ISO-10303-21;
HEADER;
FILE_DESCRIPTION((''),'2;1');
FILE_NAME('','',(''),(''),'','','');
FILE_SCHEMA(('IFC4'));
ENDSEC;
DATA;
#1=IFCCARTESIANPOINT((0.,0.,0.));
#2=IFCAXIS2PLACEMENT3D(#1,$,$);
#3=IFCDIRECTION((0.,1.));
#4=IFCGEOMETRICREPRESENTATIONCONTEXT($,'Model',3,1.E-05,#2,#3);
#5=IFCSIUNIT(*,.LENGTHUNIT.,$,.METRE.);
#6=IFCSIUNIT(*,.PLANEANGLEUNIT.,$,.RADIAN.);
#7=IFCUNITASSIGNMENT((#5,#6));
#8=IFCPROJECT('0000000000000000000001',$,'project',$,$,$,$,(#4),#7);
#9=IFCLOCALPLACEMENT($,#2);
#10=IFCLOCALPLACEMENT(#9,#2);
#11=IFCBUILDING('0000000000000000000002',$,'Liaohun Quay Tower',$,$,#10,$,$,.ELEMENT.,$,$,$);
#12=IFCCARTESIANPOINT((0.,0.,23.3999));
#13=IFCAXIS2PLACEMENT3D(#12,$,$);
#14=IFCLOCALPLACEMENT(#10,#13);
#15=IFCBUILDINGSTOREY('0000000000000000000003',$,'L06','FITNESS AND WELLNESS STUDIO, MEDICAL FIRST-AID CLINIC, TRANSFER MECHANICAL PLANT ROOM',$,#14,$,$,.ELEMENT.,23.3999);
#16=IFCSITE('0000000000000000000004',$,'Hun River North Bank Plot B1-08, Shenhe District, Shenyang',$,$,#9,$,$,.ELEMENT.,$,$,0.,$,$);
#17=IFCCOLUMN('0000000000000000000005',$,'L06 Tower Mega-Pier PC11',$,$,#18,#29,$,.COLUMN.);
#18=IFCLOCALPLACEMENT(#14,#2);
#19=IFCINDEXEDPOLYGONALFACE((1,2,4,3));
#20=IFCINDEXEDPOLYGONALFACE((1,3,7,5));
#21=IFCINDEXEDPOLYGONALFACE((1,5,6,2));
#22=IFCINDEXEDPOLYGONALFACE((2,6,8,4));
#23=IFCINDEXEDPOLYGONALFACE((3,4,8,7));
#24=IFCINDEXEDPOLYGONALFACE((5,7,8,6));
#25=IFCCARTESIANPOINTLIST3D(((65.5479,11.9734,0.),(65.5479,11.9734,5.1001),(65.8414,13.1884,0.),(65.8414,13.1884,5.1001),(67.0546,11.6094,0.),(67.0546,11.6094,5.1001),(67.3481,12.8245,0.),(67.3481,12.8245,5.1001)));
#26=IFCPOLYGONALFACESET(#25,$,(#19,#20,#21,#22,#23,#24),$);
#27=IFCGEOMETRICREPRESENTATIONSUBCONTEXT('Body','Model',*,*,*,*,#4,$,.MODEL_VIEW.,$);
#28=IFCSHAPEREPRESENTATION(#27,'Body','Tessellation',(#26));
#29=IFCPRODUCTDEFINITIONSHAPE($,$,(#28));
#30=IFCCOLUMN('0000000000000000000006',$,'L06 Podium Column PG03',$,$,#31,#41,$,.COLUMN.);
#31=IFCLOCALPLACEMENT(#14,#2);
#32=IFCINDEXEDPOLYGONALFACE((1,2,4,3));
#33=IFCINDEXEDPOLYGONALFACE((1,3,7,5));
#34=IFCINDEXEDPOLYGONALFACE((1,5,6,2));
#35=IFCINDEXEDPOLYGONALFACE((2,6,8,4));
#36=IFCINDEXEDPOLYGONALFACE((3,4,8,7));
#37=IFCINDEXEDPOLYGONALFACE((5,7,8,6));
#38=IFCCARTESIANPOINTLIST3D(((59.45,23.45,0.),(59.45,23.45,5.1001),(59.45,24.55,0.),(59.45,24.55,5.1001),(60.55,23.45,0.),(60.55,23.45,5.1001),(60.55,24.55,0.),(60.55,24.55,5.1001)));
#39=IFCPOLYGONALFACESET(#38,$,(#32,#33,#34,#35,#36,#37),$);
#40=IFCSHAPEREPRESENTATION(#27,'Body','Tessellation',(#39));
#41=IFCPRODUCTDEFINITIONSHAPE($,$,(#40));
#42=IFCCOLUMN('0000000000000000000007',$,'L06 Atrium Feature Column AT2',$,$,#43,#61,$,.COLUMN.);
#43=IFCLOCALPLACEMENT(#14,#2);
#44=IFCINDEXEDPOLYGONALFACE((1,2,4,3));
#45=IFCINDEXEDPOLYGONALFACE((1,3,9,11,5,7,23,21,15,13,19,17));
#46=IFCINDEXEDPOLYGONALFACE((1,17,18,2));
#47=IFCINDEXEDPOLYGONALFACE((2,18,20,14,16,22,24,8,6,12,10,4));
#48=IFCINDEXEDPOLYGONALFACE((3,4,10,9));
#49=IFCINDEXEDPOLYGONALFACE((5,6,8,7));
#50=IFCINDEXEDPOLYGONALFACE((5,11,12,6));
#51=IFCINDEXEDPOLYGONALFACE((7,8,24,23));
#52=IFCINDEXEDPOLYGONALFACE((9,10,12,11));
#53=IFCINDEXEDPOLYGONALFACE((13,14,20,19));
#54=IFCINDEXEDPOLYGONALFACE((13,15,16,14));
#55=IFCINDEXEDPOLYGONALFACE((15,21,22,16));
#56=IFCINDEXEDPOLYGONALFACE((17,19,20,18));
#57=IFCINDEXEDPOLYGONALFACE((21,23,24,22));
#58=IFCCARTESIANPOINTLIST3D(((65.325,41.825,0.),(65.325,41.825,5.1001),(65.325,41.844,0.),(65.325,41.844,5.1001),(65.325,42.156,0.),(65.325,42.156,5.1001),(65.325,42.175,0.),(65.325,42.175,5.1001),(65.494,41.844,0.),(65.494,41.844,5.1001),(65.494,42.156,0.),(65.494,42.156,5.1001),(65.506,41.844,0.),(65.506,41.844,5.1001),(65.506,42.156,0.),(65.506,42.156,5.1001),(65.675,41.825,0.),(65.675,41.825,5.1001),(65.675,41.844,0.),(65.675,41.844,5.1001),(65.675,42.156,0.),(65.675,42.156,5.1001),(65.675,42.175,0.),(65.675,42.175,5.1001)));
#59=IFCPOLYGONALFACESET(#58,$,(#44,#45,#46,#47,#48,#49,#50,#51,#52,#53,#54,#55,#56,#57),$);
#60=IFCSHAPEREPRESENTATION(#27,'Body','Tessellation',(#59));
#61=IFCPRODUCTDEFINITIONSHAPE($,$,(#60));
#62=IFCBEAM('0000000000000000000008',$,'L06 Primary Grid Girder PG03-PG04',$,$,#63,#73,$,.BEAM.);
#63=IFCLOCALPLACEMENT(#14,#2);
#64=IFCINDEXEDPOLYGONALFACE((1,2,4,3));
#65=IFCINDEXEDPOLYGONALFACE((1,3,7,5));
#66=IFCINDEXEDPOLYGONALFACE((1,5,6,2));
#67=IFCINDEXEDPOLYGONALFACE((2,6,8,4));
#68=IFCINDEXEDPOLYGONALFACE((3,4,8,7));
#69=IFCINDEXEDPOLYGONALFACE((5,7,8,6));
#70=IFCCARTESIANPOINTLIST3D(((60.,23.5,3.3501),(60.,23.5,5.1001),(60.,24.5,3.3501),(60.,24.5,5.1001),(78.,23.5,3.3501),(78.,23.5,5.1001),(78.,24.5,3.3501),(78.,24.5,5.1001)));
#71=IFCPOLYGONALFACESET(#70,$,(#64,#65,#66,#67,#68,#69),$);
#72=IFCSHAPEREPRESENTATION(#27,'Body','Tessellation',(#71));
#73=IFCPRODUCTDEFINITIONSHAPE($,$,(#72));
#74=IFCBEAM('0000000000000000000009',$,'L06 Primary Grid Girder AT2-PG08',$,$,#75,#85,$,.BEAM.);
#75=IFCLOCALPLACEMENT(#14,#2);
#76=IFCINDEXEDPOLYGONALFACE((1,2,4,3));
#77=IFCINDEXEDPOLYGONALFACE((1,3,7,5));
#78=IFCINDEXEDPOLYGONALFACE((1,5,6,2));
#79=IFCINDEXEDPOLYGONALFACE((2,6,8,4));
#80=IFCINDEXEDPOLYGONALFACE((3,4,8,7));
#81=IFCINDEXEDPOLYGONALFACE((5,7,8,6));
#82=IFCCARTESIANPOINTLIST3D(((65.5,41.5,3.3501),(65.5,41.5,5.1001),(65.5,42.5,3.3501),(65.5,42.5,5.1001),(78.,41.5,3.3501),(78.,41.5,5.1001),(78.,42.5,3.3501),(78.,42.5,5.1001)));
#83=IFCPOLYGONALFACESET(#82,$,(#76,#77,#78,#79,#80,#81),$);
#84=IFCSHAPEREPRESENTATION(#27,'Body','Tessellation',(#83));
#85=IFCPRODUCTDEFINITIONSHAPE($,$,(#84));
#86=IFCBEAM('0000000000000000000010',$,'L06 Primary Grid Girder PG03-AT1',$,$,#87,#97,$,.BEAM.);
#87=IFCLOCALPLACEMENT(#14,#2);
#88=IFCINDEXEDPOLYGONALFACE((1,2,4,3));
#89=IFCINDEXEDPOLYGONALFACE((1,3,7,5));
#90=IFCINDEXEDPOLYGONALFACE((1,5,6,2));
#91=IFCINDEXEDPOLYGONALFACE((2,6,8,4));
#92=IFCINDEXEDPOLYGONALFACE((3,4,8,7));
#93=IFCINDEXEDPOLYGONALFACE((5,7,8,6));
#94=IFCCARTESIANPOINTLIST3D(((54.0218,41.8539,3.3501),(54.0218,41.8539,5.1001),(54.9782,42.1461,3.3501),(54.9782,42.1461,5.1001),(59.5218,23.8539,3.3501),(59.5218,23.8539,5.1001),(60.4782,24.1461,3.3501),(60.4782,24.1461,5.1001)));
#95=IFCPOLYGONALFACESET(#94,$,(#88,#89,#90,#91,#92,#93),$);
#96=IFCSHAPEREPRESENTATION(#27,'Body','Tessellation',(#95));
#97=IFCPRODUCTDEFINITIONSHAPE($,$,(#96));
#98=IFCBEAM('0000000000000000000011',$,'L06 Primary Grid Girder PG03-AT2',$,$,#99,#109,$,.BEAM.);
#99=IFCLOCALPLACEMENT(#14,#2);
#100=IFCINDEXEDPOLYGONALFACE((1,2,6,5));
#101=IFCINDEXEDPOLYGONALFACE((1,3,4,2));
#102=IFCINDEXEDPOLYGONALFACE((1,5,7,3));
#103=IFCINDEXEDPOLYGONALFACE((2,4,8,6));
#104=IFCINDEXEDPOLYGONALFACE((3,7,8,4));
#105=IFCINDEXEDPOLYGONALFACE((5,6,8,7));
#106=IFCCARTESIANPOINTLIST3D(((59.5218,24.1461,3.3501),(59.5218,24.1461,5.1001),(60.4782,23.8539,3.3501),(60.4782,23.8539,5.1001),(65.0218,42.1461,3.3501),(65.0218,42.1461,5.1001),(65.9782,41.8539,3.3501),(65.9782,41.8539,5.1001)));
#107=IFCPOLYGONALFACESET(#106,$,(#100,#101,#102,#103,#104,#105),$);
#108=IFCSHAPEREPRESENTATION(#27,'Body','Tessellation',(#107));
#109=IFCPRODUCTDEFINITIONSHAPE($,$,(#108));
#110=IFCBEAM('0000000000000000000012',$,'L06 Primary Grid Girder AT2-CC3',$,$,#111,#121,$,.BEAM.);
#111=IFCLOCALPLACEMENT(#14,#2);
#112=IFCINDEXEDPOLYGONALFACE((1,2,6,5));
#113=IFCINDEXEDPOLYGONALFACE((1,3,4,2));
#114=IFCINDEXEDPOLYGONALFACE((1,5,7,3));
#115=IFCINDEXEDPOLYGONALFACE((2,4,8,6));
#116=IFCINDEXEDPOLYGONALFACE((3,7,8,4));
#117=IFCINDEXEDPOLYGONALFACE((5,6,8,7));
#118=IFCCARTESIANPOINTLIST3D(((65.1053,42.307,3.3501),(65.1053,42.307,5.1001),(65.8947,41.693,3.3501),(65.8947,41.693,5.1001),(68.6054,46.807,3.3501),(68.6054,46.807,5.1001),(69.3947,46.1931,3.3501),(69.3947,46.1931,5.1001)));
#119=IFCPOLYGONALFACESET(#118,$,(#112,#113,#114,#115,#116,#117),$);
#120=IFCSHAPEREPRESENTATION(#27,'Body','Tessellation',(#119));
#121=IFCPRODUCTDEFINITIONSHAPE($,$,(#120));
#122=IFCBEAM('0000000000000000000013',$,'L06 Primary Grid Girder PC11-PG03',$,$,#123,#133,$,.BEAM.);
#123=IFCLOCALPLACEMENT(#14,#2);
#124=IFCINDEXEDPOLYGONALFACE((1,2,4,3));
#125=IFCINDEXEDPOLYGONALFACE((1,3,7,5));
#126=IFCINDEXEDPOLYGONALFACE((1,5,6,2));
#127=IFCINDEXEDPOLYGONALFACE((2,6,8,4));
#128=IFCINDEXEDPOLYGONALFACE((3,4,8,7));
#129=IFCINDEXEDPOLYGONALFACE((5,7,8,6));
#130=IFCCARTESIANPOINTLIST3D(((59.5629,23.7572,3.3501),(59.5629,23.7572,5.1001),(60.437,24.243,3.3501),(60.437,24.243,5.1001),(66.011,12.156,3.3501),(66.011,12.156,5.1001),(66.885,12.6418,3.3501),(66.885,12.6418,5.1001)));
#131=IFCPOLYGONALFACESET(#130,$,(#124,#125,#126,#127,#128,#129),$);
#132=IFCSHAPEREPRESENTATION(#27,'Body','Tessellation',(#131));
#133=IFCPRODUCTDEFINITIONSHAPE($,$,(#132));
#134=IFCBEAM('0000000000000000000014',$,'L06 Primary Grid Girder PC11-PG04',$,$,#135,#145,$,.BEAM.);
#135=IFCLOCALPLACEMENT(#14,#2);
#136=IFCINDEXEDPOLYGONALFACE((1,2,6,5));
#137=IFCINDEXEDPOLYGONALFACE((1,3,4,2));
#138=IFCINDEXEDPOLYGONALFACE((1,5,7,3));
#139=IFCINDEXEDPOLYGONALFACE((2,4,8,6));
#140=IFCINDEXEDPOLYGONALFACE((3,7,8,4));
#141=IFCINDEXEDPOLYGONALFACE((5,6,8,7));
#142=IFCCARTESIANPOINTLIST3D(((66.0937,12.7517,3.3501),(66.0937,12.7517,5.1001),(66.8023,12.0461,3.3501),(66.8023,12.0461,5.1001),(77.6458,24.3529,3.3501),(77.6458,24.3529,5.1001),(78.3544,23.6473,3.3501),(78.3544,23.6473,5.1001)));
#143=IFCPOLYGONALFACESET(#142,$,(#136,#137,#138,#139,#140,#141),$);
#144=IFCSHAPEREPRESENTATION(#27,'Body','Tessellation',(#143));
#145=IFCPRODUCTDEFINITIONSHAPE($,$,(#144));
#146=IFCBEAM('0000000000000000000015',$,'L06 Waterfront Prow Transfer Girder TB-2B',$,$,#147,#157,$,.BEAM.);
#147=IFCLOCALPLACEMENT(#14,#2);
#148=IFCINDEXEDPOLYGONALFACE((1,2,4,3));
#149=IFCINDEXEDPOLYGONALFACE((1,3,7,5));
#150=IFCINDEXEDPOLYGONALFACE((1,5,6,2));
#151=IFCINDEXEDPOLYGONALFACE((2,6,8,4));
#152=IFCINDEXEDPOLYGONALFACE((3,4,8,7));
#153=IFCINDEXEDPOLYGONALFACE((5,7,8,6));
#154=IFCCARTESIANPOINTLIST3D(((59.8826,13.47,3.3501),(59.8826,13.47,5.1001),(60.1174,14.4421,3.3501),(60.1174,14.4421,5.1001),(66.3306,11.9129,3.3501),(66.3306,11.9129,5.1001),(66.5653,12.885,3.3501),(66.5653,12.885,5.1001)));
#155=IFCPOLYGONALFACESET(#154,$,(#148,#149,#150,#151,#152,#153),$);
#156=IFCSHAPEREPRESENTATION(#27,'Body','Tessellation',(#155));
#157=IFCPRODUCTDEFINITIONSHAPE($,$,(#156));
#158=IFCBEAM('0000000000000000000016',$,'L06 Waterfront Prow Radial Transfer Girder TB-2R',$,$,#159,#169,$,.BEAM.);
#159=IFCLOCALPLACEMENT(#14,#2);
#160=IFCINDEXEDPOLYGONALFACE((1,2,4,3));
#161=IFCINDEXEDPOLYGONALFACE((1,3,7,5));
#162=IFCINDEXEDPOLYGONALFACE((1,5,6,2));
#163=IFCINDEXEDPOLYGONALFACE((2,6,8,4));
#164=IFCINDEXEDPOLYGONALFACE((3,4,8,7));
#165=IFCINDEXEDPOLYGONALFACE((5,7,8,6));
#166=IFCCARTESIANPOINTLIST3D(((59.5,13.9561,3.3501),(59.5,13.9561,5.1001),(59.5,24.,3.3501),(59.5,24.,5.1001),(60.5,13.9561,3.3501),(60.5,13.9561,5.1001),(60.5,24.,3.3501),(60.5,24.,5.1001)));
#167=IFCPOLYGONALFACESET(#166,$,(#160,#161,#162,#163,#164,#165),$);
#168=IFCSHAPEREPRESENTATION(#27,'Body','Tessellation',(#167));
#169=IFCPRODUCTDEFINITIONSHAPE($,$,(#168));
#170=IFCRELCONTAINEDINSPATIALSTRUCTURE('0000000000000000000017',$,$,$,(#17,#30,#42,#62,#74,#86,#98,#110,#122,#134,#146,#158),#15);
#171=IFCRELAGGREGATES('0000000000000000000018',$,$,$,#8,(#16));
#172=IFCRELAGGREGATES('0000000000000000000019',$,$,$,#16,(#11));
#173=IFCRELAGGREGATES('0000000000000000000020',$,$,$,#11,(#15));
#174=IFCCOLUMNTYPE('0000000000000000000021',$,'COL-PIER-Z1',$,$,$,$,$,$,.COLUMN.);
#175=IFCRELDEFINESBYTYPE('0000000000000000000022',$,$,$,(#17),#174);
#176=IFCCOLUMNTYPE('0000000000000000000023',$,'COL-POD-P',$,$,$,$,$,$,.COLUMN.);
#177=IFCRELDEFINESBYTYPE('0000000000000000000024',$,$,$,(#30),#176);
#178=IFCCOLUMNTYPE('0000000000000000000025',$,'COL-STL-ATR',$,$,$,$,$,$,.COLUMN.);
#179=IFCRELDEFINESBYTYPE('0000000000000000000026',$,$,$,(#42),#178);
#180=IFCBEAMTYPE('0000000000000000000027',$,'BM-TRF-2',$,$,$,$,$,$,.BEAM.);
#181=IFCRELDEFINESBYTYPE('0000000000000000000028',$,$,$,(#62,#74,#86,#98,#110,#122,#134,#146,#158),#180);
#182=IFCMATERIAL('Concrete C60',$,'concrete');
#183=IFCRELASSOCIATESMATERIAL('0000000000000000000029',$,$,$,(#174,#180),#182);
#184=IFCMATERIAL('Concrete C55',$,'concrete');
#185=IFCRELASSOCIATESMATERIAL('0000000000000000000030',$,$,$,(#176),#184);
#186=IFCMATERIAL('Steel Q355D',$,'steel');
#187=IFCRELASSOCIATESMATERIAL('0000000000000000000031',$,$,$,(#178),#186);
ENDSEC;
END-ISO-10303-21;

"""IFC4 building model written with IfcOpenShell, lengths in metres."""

from ifc_helpers import new_model, si_unit, direction, frame, origin, origin_2d, place, context, subcontext, project, spatial, rectangle, i_section, extrude, source, transform, mapped, material, material_profile, profile_set, type_object, element, save


model = new_model("IFC4")

# Units and contexts
model_context = context("Model", 3, precision=1e-05, world=origin(), true_north=direction((0.0, 1.0)))
body_context = subcontext(model_context, "Body", "Model", "MODEL_VIEW")
ifc_project = project(units=[si_unit("LENGTHUNIT", "METRE"), si_unit("PLANEANGLEUNIT", "RADIAN")], contexts=[model_context])

# Site, building, storey
site_placement = place(None, origin())
site = spatial("IfcSite", under=ifc_project, at=site_placement, Name="Hun River North Bank Plot B1-08, Shenhe District, Shenyang", CompositionType="ELEMENT", RefElevation=0.0)
building_placement = place(site_placement, origin())
building = spatial("IfcBuilding", under=site, at=building_placement, Name="Liaohun Quay Tower", CompositionType="ELEMENT")
storey_placement = place(building_placement, frame((0.0, 0.0, 23.3999)))
storey = spatial("IfcBuildingStorey", under=building, at=storey_placement, Name="L06", Description="FITNESS AND WELLNESS STUDIO, MEDICAL FIRST-AID CLINIC, TRANSFER MECHANICAL PLANT ROOM", CompositionType="ELEMENT", Elevation=23.3999)

# Columns
ifc_material_1 = material(Name="Concrete C60", Category="concrete")
ifc_material_profile_1 = material_profile(ifc_material_1, rectangle(XDim=1.55, YDim=1.25, at=origin_2d()), Name="RC1550x1250")
ifc_profile_set_1 = profile_set([ifc_material_profile_1], Name="Concrete C60")
column_type_1 = type_object("IfcColumnType", Name="COL-PIER-Z1", PredefinedType="COLUMN", material=ifc_profile_set_1)
shared_shape_1 = source(origin(), body_context, "Body", "SweptSolid", [
    extrude(rectangle(XDim=1.55, YDim=1.25, at=origin_2d()), origin(), (0.0, 0.0, 1.0), 5.1001),
])
column_1_placement = place(storey_placement, frame((66.448, 12.3989, 0.0), z_axis=(0.0, 0.0, 1.0), x_axis=(-0.972043, 0.234803, 0.0)))
element("IfcColumn", 1, at=column_1_placement, inside=storey, type_object=column_type_1, Name="L06 Tower Mega-Pier PC11", PredefinedType="COLUMN", context=body_context, shape_type="MappedRepresentation", body=[
    mapped(shared_shape_1, transform((0.0, 0.0, 0.0), x_axis=(1.0, 0.0, 0.0), y_axis=(0.0, 1.0, 0.0), z_axis=(0.0, 0.0, 1.0), scale=1.0)),
])
ifc_material_2 = material(Name="Concrete C55", Category="concrete")
ifc_material_profile_2 = material_profile(ifc_material_2, rectangle(XDim=1.1001, YDim=1.1001, at=origin_2d()), Name="RC1100x1100")
ifc_profile_set_2 = profile_set([ifc_material_profile_2], Name="Concrete C55")
column_type_2 = type_object("IfcColumnType", Name="COL-POD-P", PredefinedType="COLUMN", material=ifc_profile_set_2)
shared_shape_2 = source(origin(), body_context, "Body", "SweptSolid", [
    extrude(rectangle(XDim=1.1001, YDim=1.1001, at=origin_2d()), origin(), (0.0, 0.0, 1.0), 5.1001),
])
column_2_placement = place(storey_placement, frame((60.0, 24.0, 0.0), z_axis=(0.0, 0.0, 1.0), x_axis=(1.0, 0.0, 0.0)))
element("IfcColumn", 2, at=column_2_placement, inside=storey, type_object=column_type_2, Name="L06 Podium Column PG03", PredefinedType="COLUMN", context=body_context, shape_type="MappedRepresentation", body=[
    mapped(shared_shape_2, transform((0.0, 0.0, 0.0), x_axis=(1.0, 0.0, 0.0), y_axis=(0.0, 1.0, 0.0), z_axis=(0.0, 0.0, 1.0), scale=1.0)),
])
ifc_material_3 = material(Name="Steel Q355D", Category="steel")
ifc_material_profile_3 = material_profile(ifc_material_3, i_section(OverallWidth=0.3501, OverallDepth=0.3501, WebThickness=0.012, FlangeThickness=0.019, at=origin_2d()), Name="HW350x350x12x19")
ifc_profile_set_3 = profile_set([ifc_material_profile_3], Name="Steel Q355D")
column_type_3 = type_object("IfcColumnType", Name="COL-STL-ATR", PredefinedType="COLUMN", material=ifc_profile_set_3)
shared_shape_3 = source(origin(), body_context, "Body", "SweptSolid", [
    extrude(i_section(OverallWidth=0.3501, OverallDepth=0.3501, WebThickness=0.012, FlangeThickness=0.019, at=origin_2d()), origin(), (0.0, 0.0, 1.0), 5.1001),
])
column_3_placement = place(storey_placement, frame((65.5, 42.0, 0.0), z_axis=(0.0, 0.0, 1.0), x_axis=(1.0, 0.0, 0.0)))
element("IfcColumn", 3, at=column_3_placement, inside=storey, type_object=column_type_3, Name="L06 Atrium Feature Column AT2", PredefinedType="COLUMN", context=body_context, shape_type="MappedRepresentation", body=[
    mapped(shared_shape_3, transform((0.0, 0.0, 0.0), x_axis=(1.0, 0.0, 0.0), y_axis=(0.0, 1.0, 0.0), z_axis=(0.0, 0.0, 1.0), scale=1.0)),
])

# Beams
ifc_material_profile_4 = material_profile(ifc_material_1, rectangle(XDim=1.0, YDim=1.75, at=origin_2d()), Name="RC1000x1750")
ifc_profile_set_4 = profile_set([ifc_material_profile_4], Name="Concrete C60")
beam_type_1 = type_object("IfcBeamType", Name="BM-TRF-2", PredefinedType="BEAM", material=ifc_profile_set_4)
shared_shape_4 = source(origin(), body_context, "Body", "SweptSolid", [
    extrude(rectangle(XDim=1.0, YDim=1.75, at=origin_2d()), origin(), (0.0, 0.0, 1.0), 18.0),
])
beam_1_placement = place(storey_placement, frame((60.0, 24.0, 4.2251), z_axis=(1.0, 0.0, 0.0), x_axis=(0.0, 1.0, 0.0)))
element("IfcBeam", 4, at=beam_1_placement, inside=storey, type_object=beam_type_1, Name="L06 Primary Grid Girder PG03-PG04", PredefinedType="BEAM", context=body_context, shape_type="MappedRepresentation", body=[
    mapped(shared_shape_4, transform((0.0, 0.0, 0.0), x_axis=(1.0, 0.0, 0.0), y_axis=(0.0, 1.0, 0.0), z_axis=(0.0, 0.0, 1.0), scale=1.0)),
])
shared_shape_5 = source(origin(), body_context, "Body", "SweptSolid", [
    extrude(rectangle(XDim=1.0, YDim=1.75, at=origin_2d()), origin(), (0.0, 0.0, 1.0), 12.5),
])
beam_2_placement = place(storey_placement, frame((65.5, 42.0, 4.2251), z_axis=(1.0, 0.0, 0.0), x_axis=(0.0, 1.0, 0.0)))
element("IfcBeam", 5, at=beam_2_placement, inside=storey, type_object=beam_type_1, Name="L06 Primary Grid Girder AT2-PG08", PredefinedType="BEAM", context=body_context, shape_type="MappedRepresentation", body=[
    mapped(shared_shape_5, transform((0.0, 0.0, 0.0), x_axis=(1.0, 0.0, 0.0), y_axis=(0.0, 1.0, 0.0), z_axis=(0.0, 0.0, 1.0), scale=1.0)),
])
shared_shape_6 = source(origin(), body_context, "Body", "SweptSolid", [
    extrude(rectangle(XDim=1.0, YDim=1.75, at=origin_2d()), origin(), (0.0, 0.0, 1.0), 18.8215),
])
for number, where, z_axis, x_axis, name in (
    (6, (60.0, 24.0, 4.2251), (-0.292219, 0.956352, 0.0), (-0.956352, -0.292219, 0.0), "L06 Primary Grid Girder PG03-AT1"),
    (7, (60.0, 24.0, 4.2251), (0.292219, 0.956352, 0.0), (-0.956352, 0.292219, 0.0), "L06 Primary Grid Girder PG03-AT2"),
):
    element("IfcBeam", number, at=place(storey_placement, frame(where, z_axis=z_axis, x_axis=x_axis)), inside=storey, type_object=beam_type_1, Name=name, PredefinedType="BEAM", context=body_context, shape_type="MappedRepresentation", body=[
        mapped(shared_shape_6, transform((0.0, 0.0, 0.0), x_axis=(1.0, 0.0, 0.0), y_axis=(0.0, 1.0, 0.0), z_axis=(0.0, 0.0, 1.0), scale=1.0)),
    ])
shared_shape_7 = source(origin(), body_context, "Body", "SweptSolid", [
    extrude(rectangle(XDim=1.0, YDim=1.75, at=origin_2d()), origin(), (0.0, 0.0, 1.0), 5.7009),
])
beam_3_placement = place(storey_placement, frame((65.5, 42.0, 4.2251), z_axis=(0.613941, 0.789352, 0.0), x_axis=(-0.789352, 0.613941, 0.0)))
element("IfcBeam", 8, at=beam_3_placement, inside=storey, type_object=beam_type_1, Name="L06 Primary Grid Girder AT2-CC3", PredefinedType="BEAM", context=body_context, shape_type="MappedRepresentation", body=[
    mapped(shared_shape_7, transform((0.0, 0.0, 0.0), x_axis=(1.0, 0.0, 0.0), y_axis=(0.0, 1.0, 0.0), z_axis=(0.0, 0.0, 1.0), scale=1.0)),
])
shared_shape_8 = source(origin(), body_context, "Body", "SweptSolid", [
    extrude(rectangle(XDim=1.0, YDim=1.75, at=origin_2d()), origin(), (0.0, 0.0, 1.0), 13.2727),
])
beam_4_placement = place(storey_placement, frame((66.448, 12.3989, 4.2251), z_axis=(-0.485813, 0.874063, 0.0), x_axis=(-0.874063, -0.485813, 0.0)))
element("IfcBeam", 9, at=beam_4_placement, inside=storey, type_object=beam_type_1, Name="L06 Primary Grid Girder PC11-PG03", PredefinedType="BEAM", context=body_context, shape_type="MappedRepresentation", body=[
    mapped(shared_shape_8, transform((0.0, 0.0, 0.0), x_axis=(1.0, 0.0, 0.0), y_axis=(0.0, 1.0, 0.0), z_axis=(0.0, 0.0, 1.0), scale=1.0)),
])
shared_shape_9 = source(origin(), body_context, "Body", "SweptSolid", [
    extrude(rectangle(XDim=1.0, YDim=1.75, at=origin_2d()), origin(), (0.0, 0.0, 1.0), 16.3718),
])
beam_5_placement = place(storey_placement, frame((66.448, 12.3989, 4.2251), z_axis=(0.705607, 0.708604, 0.0), x_axis=(-0.708604, 0.705607, 0.0)))
element("IfcBeam", 10, at=beam_5_placement, inside=storey, type_object=beam_type_1, Name="L06 Primary Grid Girder PC11-PG04", PredefinedType="BEAM", context=body_context, shape_type="MappedRepresentation", body=[
    mapped(shared_shape_9, transform((0.0, 0.0, 0.0), x_axis=(1.0, 0.0, 0.0), y_axis=(0.0, 1.0, 0.0), z_axis=(0.0, 0.0, 1.0), scale=1.0)),
])
shared_shape_10 = source(origin(), body_context, "Body", "SweptSolid", [
    extrude(rectangle(XDim=1.0, YDim=1.75, at=origin_2d()), origin(), (0.0, 0.0, 1.0), 6.6333),
])
beam_6_placement = place(storey_placement, frame((60.0, 13.9561, 4.2251), z_axis=(0.972058, -0.234742, 0.0), x_axis=(0.234742, 0.972058, 0.0)))
element("IfcBeam", 11, at=beam_6_placement, inside=storey, type_object=beam_type_1, Name="L06 Waterfront Prow Transfer Girder TB-2B", PredefinedType="BEAM", context=body_context, shape_type="MappedRepresentation", body=[
    mapped(shared_shape_10, transform((0.0, 0.0, 0.0), x_axis=(1.0, 0.0, 0.0), y_axis=(0.0, 1.0, 0.0), z_axis=(0.0, 0.0, 1.0), scale=1.0)),
])
shared_shape_11 = source(origin(), body_context, "Body", "SweptSolid", [
    extrude(rectangle(XDim=1.0, YDim=1.75, at=origin_2d()), origin(), (0.0, 0.0, 1.0), 10.0439),
])
beam_7_placement = place(storey_placement, frame((60.0, 24.0, 4.2251), z_axis=(0.0, -1.0, 0.0), x_axis=(1.0, 0.0, 0.0)))
element("IfcBeam", 12, at=beam_7_placement, inside=storey, type_object=beam_type_1, Name="L06 Waterfront Prow Radial Transfer Girder TB-2R", PredefinedType="BEAM", context=body_context, shape_type="MappedRepresentation", body=[
    mapped(shared_shape_11, transform((0.0, 0.0, 0.0), x_axis=(1.0, 0.0, 0.0), y_axis=(0.0, 1.0, 0.0), z_axis=(0.0, 0.0, 1.0), scale=1.0)),
])

save(model, "model.ifc")
